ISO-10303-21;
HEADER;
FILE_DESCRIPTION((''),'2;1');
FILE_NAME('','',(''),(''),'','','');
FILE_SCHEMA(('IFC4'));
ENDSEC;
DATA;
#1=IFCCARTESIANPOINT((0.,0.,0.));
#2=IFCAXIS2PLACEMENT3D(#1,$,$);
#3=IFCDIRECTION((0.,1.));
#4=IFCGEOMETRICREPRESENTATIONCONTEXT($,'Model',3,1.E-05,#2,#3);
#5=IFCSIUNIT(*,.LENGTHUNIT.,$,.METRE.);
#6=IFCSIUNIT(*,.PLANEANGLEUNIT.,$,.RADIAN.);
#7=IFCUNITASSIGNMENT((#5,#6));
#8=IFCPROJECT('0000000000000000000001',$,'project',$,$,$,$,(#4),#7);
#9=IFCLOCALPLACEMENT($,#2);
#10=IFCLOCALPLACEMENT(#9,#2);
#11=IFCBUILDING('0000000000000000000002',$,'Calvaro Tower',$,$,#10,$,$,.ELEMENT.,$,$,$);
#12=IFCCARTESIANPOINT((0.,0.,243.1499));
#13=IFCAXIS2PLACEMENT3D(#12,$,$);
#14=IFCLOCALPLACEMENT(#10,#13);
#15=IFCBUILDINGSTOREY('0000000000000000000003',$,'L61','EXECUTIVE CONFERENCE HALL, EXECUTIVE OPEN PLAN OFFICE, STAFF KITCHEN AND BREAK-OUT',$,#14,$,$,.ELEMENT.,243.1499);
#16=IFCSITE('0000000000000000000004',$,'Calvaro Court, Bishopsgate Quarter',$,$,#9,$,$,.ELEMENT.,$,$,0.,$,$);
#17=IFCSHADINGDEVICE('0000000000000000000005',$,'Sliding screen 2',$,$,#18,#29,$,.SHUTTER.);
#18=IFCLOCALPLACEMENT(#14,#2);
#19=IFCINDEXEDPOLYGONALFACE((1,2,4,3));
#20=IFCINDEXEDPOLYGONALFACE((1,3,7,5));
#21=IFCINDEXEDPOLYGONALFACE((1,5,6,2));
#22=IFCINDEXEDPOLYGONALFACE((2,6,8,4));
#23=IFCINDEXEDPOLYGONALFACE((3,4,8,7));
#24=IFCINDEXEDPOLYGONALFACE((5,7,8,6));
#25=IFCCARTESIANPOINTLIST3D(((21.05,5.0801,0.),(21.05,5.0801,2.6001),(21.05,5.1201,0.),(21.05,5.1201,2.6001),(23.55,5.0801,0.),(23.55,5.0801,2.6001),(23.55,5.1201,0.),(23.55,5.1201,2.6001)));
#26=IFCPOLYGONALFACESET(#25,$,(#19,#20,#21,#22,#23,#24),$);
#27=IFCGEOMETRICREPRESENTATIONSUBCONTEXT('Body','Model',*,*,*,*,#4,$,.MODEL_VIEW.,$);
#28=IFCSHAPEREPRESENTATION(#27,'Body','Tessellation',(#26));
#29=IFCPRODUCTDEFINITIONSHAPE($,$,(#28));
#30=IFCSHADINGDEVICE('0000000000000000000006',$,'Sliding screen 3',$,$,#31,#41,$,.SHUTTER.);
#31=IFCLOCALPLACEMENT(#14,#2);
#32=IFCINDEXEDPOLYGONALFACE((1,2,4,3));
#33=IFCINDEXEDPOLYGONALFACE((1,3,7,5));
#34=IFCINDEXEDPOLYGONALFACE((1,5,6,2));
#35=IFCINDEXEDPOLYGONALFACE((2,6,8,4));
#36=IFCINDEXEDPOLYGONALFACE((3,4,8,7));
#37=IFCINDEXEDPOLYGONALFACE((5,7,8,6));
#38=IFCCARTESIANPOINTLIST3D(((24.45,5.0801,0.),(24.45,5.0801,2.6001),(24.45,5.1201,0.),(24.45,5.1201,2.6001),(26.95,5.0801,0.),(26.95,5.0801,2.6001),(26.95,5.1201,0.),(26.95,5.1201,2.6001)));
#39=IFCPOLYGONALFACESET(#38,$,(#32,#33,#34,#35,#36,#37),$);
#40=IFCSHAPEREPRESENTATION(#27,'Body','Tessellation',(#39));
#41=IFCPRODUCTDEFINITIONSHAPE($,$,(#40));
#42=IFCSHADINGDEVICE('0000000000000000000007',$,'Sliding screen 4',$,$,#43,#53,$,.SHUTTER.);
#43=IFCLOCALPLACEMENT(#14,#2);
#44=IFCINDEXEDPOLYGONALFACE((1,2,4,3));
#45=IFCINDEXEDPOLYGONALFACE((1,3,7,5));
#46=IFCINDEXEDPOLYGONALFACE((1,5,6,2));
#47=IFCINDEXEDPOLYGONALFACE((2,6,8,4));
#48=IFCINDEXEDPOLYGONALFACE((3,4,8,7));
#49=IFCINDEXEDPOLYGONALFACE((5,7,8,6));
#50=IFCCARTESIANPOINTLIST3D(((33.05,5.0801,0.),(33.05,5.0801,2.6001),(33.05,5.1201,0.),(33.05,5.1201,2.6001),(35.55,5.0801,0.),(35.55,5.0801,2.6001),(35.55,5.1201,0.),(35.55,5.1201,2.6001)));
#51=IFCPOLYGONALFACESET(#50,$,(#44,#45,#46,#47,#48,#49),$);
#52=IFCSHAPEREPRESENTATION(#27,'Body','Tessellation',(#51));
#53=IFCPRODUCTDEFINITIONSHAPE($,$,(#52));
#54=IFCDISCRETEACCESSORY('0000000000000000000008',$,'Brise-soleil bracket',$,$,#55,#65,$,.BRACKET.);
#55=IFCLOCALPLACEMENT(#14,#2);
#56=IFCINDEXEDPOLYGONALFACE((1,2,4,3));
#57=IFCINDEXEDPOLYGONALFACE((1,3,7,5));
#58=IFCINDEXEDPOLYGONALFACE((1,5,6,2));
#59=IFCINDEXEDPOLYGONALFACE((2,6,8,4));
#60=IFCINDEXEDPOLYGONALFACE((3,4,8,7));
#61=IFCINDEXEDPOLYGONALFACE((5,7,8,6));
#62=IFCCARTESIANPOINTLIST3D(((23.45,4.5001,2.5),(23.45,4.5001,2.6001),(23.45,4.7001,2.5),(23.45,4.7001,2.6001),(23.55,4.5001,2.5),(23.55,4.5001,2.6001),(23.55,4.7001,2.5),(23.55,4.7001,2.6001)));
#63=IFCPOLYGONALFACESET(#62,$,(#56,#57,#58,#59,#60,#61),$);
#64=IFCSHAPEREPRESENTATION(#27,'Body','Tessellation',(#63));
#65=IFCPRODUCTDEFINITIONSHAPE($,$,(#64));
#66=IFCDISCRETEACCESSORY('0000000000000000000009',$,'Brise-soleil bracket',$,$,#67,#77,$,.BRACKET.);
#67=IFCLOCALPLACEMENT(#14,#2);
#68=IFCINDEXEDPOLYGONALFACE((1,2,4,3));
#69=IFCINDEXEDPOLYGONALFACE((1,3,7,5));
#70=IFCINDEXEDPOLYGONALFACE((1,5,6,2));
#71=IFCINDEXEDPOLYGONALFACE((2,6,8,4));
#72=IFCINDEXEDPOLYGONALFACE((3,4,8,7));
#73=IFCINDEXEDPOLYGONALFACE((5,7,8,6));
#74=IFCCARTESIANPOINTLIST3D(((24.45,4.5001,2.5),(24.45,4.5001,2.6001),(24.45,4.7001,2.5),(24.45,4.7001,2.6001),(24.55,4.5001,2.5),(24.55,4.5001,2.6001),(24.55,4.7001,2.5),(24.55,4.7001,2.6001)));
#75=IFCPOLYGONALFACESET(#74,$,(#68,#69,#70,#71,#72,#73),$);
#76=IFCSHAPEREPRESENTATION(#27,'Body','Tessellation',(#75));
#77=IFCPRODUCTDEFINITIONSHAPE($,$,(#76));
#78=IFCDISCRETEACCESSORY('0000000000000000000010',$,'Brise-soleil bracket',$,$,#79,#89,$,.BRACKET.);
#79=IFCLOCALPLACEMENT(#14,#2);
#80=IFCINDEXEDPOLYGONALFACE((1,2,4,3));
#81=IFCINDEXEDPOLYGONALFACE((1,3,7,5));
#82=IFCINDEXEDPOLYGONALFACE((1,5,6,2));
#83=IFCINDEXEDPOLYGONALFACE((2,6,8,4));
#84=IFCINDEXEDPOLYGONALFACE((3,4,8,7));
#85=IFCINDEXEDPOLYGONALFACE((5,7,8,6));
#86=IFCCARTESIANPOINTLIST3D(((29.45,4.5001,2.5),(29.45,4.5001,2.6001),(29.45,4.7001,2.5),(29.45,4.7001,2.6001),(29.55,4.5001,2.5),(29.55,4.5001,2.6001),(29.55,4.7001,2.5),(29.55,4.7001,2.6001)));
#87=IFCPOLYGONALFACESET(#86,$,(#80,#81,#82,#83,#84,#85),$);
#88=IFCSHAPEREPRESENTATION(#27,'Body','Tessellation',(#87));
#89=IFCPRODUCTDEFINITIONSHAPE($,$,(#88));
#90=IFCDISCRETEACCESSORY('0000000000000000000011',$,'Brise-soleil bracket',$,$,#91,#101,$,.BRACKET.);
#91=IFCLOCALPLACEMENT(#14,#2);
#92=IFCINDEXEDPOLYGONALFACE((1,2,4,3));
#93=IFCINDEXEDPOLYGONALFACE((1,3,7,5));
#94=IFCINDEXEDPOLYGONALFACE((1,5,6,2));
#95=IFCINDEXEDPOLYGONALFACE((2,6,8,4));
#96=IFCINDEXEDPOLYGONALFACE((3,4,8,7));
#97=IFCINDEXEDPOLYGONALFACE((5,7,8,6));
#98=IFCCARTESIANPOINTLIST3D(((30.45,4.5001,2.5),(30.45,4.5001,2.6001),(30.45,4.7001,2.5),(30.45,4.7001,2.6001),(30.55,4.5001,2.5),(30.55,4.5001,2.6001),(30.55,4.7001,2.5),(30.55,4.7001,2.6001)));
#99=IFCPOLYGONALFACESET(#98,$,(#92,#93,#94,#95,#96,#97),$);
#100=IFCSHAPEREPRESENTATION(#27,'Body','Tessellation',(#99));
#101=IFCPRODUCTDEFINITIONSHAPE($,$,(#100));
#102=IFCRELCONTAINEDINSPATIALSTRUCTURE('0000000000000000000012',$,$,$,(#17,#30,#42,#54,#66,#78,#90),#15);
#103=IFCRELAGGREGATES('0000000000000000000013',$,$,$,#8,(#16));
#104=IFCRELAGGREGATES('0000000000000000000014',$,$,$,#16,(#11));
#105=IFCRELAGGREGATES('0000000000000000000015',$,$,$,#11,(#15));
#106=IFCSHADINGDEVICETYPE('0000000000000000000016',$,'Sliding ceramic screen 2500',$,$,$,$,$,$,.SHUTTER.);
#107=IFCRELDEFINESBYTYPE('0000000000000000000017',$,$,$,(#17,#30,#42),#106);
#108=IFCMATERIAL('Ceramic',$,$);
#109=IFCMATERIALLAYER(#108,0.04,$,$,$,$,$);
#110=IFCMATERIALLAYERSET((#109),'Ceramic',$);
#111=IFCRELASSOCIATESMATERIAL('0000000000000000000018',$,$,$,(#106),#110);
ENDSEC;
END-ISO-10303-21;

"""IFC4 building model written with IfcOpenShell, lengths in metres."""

from ifc_helpers import new_model, si_unit, direction, frame, origin, origin_2d, place, context, subcontext, project, spatial, rectangle, extrude, material, layer, layer_set, type_object, element, save


model = new_model("IFC4")

# Units and contexts
model_context = context("Model", 3, precision=1e-05, world=origin(), true_north=direction((0.0, 1.0)))
body_context = subcontext(model_context, "Body", "Model", "MODEL_VIEW")
ifc_project = project(units=[si_unit("LENGTHUNIT", "METRE"), si_unit("PLANEANGLEUNIT", "RADIAN")], contexts=[model_context])

# Site, building, storey
site_placement = place(None, origin())
site = spatial("IfcSite", under=ifc_project, at=site_placement, Name="Calvaro Court, Bishopsgate Quarter", CompositionType="ELEMENT", RefElevation=0.0)
building_placement = place(site_placement, origin())
building = spatial("IfcBuilding", under=site, at=building_placement, Name="Calvaro Tower", CompositionType="ELEMENT")
storey_placement = place(building_placement, frame((0.0, 0.0, 243.1499)))
storey = spatial("IfcBuildingStorey", under=building, at=storey_placement, Name="L61", Description="EXECUTIVE CONFERENCE HALL, EXECUTIVE OPEN PLAN OFFICE, STAFF KITCHEN AND BREAK-OUT", CompositionType="ELEMENT", Elevation=243.1499)

# Shading devices
ifc_material_1 = material(Name="Ceramic")
ifc_layer_1 = layer(ifc_material_1, 0.04)
ifc_layer_set_1 = layer_set([ifc_layer_1], Name="Ceramic")
shading_device_type_1 = type_object("IfcShadingDeviceType", Name="Sliding ceramic screen 2500", PredefinedType="SHUTTER", material=ifc_layer_set_1)
for number, where, z_axis, x_axis, name in (
    (1, (22.3, 5.1001, 0.0), (0.0, 0.0, 1.0), (1.0, 0.0, 0.0), "Sliding screen 2"),
    (2, (25.7, 5.1001, 0.0), (0.0, 0.0, 1.0), (1.0, 0.0, 0.0), "Sliding screen 3"),
    (3, (34.3, 5.1001, 0.0), (0.0, 0.0, 1.0), (1.0, 0.0, 0.0), "Sliding screen 4"),
):
    element("IfcShadingDevice", number, at=place(storey_placement, frame(where, z_axis=z_axis, x_axis=x_axis)), inside=storey, type_object=shading_device_type_1, Name=name, PredefinedType="SHUTTER", context=body_context, shape_type="SweptSolid", body=[
        extrude(rectangle(XDim=2.5, YDim=0.04, at=origin_2d()), origin(), (0.0, 0.0, 1.0), 2.6001),
    ])

# Discrete accessories
for number, where, z_axis, x_axis, name in (
    (4, (23.5, 4.6001, 2.5), (0.0, 0.0, 1.0), (1.0, 0.0, 0.0), "Brise-soleil bracket"),
    (5, (24.5, 4.6001, 2.5), (0.0, 0.0, 1.0), (1.0, 0.0, 0.0), "Brise-soleil bracket"),
    (6, (29.5, 4.6001, 2.5), (0.0, 0.0, 1.0), (1.0, 0.0, 0.0), "Brise-soleil bracket"),
    (7, (30.5, 4.6001, 2.5), (0.0, 0.0, 1.0), (1.0, 0.0, 0.0), "Brise-soleil bracket"),
):
    element("IfcDiscreteAccessory", number, at=place(storey_placement, frame(where, z_axis=z_axis, x_axis=x_axis)), inside=storey, Name=name, PredefinedType="BRACKET", context=body_context, shape_type="SweptSolid", body=[
        extrude(rectangle(XDim=0.1001, YDim=0.2, at=origin_2d()), origin(), (0.0, 0.0, 1.0), 0.1001),
    ])

save(model, "model.ifc")
